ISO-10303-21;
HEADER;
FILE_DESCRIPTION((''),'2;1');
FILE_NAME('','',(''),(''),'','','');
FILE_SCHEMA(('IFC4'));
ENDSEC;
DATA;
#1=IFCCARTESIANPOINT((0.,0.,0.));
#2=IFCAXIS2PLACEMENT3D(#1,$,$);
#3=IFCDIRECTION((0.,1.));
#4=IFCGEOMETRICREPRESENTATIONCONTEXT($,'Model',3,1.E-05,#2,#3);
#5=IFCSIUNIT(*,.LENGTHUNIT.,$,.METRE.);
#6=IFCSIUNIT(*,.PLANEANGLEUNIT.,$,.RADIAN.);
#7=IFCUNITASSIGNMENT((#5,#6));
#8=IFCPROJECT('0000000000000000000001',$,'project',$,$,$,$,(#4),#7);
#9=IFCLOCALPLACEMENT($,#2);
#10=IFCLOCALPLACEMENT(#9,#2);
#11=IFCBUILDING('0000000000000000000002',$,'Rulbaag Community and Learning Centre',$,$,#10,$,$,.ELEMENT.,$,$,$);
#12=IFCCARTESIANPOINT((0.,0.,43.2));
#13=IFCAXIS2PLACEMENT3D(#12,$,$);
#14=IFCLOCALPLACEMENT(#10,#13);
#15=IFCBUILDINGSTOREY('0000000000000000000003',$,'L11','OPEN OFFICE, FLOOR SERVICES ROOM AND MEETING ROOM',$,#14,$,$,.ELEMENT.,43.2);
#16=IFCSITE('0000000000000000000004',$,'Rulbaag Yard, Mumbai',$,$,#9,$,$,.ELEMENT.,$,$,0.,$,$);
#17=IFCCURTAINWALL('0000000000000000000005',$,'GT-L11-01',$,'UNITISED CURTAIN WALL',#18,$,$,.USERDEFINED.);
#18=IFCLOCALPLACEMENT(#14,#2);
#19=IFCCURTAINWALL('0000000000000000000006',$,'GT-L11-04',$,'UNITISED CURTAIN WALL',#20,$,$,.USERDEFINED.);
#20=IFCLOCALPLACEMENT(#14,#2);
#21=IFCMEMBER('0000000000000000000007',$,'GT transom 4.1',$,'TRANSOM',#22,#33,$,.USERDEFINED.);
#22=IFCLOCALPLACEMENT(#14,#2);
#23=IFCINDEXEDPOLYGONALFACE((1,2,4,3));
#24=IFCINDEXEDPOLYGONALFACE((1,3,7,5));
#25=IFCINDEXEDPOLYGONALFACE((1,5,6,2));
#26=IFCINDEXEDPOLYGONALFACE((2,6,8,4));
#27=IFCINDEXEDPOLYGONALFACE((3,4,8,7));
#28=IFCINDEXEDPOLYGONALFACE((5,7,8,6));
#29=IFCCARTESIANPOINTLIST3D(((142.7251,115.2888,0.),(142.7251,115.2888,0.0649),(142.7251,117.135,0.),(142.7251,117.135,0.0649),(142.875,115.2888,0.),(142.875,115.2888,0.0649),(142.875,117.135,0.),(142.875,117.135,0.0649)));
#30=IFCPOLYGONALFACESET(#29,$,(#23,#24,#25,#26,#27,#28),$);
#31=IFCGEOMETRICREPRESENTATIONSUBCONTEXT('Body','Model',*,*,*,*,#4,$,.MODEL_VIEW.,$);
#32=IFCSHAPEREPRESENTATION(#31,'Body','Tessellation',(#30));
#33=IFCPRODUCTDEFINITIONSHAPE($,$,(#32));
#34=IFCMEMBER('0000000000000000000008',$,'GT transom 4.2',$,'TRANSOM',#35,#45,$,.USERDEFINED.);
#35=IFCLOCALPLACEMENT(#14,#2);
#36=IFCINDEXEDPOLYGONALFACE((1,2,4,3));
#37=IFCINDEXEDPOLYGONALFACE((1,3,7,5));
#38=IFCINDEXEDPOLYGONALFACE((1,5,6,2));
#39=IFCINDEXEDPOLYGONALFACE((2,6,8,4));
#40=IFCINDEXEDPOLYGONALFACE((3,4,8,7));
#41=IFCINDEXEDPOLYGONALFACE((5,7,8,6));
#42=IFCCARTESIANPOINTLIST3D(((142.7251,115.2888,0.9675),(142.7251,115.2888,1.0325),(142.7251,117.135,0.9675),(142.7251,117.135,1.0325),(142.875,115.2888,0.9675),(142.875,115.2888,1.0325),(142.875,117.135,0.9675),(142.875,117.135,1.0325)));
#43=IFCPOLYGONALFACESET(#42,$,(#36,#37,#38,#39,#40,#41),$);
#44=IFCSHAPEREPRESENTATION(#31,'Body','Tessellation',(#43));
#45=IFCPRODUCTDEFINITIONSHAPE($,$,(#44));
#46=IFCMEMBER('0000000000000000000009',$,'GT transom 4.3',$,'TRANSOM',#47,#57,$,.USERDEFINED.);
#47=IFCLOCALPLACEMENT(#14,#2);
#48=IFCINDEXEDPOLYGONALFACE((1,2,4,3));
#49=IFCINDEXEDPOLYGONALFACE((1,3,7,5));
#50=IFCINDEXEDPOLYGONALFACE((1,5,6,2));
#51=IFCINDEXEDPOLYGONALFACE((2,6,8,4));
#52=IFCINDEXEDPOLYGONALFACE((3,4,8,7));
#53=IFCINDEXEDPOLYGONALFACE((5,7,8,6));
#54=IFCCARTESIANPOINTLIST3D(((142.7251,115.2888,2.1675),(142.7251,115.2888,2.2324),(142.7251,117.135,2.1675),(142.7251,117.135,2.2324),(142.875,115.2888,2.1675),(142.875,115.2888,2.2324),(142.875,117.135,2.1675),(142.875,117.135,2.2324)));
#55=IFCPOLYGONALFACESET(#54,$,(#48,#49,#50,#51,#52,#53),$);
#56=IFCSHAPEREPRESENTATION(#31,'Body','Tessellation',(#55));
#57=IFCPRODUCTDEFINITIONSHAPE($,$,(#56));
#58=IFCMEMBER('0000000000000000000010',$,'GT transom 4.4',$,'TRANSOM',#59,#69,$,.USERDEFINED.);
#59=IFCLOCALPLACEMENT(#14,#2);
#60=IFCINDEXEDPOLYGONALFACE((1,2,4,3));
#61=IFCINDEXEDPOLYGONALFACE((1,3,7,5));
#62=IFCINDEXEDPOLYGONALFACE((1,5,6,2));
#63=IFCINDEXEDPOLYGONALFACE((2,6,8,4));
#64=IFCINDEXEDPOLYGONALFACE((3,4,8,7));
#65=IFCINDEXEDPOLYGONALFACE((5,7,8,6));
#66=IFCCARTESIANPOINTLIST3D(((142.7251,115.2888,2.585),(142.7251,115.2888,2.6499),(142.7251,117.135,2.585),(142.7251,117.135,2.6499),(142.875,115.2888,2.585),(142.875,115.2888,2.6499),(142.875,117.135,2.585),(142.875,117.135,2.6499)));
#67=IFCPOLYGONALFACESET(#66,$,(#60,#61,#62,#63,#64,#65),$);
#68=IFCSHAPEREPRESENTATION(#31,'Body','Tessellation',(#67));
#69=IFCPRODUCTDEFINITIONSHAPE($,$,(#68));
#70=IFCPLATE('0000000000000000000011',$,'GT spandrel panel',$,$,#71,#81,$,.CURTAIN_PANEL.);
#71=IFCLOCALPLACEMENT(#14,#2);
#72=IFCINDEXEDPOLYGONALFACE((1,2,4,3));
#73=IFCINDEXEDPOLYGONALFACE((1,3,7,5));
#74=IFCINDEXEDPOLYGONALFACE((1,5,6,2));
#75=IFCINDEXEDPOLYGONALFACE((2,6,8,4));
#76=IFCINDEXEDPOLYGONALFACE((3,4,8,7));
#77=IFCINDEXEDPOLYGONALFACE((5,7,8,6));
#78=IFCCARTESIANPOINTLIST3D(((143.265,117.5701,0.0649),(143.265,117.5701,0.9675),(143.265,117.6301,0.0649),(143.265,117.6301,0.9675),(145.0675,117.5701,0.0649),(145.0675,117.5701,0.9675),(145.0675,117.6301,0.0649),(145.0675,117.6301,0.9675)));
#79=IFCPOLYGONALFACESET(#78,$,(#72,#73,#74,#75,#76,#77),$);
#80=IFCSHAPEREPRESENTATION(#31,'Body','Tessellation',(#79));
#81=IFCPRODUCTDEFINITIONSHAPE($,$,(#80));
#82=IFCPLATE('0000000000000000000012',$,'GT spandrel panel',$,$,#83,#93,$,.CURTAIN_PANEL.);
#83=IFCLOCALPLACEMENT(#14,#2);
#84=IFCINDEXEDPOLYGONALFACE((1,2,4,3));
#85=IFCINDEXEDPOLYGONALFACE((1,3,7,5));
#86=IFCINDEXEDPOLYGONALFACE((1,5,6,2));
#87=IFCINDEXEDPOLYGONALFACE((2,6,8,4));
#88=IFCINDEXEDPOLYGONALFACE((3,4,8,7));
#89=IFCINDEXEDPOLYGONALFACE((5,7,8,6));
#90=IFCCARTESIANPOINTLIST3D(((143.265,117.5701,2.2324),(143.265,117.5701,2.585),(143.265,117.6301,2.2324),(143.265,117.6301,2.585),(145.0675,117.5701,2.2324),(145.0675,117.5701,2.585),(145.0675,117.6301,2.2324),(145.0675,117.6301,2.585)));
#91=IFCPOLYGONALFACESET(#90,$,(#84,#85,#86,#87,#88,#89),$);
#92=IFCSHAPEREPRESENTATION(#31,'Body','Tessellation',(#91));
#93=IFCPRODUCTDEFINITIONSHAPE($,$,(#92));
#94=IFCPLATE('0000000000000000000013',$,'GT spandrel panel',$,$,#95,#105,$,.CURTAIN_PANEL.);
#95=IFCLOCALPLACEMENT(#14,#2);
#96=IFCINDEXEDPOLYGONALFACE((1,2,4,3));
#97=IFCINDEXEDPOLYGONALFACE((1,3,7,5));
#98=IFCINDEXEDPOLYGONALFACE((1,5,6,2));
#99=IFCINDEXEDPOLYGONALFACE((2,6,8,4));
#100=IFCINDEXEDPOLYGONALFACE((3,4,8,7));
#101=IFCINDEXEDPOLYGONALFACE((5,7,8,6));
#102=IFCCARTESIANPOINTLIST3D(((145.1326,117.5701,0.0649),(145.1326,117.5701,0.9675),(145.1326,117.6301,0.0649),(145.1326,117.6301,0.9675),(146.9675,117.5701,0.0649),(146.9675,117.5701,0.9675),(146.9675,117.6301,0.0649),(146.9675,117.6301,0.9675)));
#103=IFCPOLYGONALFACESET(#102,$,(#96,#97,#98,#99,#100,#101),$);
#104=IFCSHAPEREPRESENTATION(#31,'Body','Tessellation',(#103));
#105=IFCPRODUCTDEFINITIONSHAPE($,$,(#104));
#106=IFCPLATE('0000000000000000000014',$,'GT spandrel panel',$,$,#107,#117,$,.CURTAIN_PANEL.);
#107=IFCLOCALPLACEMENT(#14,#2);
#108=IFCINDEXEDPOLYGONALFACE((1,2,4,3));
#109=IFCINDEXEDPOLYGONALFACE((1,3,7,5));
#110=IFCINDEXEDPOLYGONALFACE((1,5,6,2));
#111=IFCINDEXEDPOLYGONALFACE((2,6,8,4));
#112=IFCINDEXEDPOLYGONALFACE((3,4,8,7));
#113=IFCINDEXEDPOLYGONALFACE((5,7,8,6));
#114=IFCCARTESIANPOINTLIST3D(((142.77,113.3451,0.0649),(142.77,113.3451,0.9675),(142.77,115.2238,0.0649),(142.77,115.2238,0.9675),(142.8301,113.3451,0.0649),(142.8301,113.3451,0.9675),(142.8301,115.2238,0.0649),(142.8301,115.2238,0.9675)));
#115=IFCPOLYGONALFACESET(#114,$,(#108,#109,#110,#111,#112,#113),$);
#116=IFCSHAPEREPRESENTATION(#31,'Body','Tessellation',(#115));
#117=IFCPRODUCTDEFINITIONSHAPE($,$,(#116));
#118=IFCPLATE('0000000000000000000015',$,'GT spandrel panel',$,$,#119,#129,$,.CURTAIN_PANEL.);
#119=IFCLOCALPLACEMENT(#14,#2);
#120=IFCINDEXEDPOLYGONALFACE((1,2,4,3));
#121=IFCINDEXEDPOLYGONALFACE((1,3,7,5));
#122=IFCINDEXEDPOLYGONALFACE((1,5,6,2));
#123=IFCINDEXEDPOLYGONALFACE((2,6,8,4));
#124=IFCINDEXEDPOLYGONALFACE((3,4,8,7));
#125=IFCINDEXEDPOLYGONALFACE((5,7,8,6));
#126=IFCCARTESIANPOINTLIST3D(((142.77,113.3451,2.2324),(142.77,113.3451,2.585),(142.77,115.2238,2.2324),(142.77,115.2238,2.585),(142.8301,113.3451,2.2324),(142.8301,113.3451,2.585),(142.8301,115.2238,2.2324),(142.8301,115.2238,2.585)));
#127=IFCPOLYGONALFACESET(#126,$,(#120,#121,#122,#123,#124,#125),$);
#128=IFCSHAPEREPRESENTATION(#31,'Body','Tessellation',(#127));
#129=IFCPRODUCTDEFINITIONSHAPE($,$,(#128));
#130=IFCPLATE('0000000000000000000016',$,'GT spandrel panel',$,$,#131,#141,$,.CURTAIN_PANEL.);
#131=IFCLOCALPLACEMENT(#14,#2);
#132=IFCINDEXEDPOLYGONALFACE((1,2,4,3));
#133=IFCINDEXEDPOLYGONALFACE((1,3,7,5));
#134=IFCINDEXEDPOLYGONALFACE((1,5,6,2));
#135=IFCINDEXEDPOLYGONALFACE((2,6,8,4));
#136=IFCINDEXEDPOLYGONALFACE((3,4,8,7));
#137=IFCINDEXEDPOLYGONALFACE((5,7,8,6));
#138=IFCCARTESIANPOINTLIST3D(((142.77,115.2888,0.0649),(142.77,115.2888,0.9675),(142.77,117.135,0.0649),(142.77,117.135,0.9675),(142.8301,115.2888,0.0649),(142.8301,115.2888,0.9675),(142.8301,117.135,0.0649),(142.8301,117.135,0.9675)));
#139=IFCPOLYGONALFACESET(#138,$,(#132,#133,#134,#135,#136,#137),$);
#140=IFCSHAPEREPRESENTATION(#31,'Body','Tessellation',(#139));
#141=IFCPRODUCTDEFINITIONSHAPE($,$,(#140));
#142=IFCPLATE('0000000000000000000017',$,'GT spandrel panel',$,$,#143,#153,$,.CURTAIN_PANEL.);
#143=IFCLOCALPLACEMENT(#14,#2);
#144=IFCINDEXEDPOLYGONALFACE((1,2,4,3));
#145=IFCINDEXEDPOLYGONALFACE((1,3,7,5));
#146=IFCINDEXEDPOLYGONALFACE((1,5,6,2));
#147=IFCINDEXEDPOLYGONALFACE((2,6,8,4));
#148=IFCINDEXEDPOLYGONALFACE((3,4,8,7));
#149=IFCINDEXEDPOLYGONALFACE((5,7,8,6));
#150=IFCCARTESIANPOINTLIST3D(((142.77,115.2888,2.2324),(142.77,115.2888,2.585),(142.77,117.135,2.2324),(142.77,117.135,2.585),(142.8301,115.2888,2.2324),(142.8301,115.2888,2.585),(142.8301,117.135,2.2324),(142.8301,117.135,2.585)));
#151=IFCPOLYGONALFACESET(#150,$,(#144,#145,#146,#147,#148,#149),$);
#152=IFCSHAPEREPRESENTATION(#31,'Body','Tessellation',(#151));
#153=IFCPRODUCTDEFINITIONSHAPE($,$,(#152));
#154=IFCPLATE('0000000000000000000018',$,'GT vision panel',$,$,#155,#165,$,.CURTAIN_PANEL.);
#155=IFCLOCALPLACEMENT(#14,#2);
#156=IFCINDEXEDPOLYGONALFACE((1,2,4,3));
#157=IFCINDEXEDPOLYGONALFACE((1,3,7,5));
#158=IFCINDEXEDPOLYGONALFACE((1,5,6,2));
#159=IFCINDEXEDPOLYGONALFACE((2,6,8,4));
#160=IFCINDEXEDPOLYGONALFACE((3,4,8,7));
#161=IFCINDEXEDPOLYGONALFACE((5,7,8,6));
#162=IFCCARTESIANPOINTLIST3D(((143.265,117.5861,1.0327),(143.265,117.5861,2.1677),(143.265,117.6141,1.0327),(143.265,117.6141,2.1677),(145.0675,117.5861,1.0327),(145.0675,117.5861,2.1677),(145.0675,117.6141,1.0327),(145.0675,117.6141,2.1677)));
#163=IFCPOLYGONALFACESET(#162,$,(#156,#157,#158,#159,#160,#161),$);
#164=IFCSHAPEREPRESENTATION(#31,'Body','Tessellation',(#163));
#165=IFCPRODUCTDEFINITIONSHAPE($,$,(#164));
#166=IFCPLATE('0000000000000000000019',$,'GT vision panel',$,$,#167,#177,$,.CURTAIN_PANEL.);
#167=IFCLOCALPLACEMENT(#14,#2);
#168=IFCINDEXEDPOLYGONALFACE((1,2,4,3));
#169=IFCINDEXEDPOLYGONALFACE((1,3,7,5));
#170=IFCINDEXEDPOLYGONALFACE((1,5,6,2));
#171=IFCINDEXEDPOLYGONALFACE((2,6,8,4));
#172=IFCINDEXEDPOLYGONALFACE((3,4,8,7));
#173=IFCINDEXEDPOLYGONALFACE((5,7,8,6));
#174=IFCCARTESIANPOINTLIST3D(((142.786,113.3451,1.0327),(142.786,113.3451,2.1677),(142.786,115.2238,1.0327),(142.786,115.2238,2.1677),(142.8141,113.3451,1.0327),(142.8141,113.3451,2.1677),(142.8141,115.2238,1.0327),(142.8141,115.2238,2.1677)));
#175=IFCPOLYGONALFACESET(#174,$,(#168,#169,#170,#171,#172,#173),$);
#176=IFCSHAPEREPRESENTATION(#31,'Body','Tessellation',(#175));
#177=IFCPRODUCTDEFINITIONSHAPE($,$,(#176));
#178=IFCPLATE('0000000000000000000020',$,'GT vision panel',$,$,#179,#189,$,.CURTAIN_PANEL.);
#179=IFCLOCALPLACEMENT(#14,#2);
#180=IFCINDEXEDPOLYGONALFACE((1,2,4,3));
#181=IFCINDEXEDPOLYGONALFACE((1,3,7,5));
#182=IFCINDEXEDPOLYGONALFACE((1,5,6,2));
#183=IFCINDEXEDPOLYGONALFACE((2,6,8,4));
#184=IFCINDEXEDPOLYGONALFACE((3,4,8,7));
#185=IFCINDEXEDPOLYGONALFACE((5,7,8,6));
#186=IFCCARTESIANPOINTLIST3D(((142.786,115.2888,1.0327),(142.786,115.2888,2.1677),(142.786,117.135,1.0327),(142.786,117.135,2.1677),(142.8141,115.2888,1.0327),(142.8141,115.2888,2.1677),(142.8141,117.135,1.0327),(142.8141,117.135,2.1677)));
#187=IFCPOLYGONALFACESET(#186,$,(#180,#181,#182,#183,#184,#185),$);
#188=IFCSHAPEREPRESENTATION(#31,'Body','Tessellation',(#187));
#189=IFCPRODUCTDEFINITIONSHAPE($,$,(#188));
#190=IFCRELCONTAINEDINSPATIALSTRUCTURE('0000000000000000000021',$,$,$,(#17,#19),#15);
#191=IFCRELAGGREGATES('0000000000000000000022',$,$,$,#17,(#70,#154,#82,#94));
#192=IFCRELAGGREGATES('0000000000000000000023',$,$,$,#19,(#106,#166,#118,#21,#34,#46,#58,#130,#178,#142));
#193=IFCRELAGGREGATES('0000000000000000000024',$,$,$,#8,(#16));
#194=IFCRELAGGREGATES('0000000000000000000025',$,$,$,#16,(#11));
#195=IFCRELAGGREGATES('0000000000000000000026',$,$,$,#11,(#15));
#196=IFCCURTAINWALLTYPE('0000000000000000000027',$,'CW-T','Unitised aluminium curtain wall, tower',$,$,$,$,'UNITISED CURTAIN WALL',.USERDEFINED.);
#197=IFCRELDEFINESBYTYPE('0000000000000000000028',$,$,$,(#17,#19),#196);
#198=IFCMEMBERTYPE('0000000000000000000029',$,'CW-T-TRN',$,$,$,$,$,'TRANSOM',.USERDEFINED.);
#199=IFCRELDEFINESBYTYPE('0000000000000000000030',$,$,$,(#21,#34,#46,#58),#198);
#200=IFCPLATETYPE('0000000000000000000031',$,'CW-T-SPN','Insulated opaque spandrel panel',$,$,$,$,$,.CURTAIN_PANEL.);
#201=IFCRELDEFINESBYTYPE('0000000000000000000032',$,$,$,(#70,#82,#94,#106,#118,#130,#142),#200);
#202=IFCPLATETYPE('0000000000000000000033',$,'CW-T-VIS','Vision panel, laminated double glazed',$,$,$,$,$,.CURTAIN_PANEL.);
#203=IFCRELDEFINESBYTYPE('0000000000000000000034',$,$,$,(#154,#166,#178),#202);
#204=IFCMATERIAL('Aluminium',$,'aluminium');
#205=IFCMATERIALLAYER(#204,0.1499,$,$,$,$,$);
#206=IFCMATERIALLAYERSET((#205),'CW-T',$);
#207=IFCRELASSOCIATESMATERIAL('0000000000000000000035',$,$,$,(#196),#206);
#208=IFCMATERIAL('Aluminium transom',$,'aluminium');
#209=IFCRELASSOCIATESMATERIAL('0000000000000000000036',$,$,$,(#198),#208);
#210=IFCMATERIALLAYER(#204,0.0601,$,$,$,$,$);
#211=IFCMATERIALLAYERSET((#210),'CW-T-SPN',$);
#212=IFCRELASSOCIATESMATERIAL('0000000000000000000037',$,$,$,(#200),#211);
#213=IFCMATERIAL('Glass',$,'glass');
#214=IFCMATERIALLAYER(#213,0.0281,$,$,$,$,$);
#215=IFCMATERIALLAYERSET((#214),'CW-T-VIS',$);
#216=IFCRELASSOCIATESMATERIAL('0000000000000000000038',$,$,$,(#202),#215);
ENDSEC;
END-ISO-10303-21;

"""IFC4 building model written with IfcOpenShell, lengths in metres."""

from ifc_helpers import new_model, si_unit, direction, frame, origin, origin_2d, place, context, subcontext, project, spatial, rectangle, extrude, material, layer, layer_set, material_profile, profile_set, type_object, element, aggregate, save


model = new_model("IFC4")

# Units and contexts
model_context = context("Model", 3, precision=1e-05, world=origin(), true_north=direction((0.0, 1.0)))
body_context = subcontext(model_context, "Body", "Model", "MODEL_VIEW")
ifc_project = project(units=[si_unit("LENGTHUNIT", "METRE"), si_unit("PLANEANGLEUNIT", "RADIAN")], contexts=[model_context])

# Site, building, storey
site_placement = place(None, origin())
site = spatial("IfcSite", under=ifc_project, at=site_placement, Name="Rulbaag Yard, Mumbai", CompositionType="ELEMENT", RefElevation=0.0)
building_placement = place(site_placement, origin())
building = spatial("IfcBuilding", under=site, at=building_placement, Name="Rulbaag Community and Learning Centre", CompositionType="ELEMENT")
storey_placement = place(building_placement, frame((0.0, 0.0, 43.2)))
storey = spatial("IfcBuildingStorey", under=building, at=storey_placement, Name="L11", Description="OPEN OFFICE, FLOOR SERVICES ROOM AND MEETING ROOM", CompositionType="ELEMENT", Elevation=43.2)

# Curtain walls, members
ifc_material_1 = material(Name="Aluminium", Category="aluminium")
ifc_layer_1 = layer(ifc_material_1, 0.1499)
ifc_layer_set_1 = layer_set([ifc_layer_1], Name="CW-T")
curtain_wall_type = type_object("IfcCurtainWallType", Name="CW-T", Description="Unitised aluminium curtain wall, tower", ElementType="UNITISED CURTAIN WALL", PredefinedType="USERDEFINED", material=ifc_layer_set_1)
curtain_wall_1_placement = place(storey_placement, origin())
curtain_wall_1 = element("IfcCurtainWall", 1, at=curtain_wall_1_placement, inside=storey, type_object=curtain_wall_type, Name="GT-L11-01", ObjectType="UNITISED CURTAIN WALL", PredefinedType="USERDEFINED")
ifc_material_2 = material(Name="Aluminium transom", Category="aluminium")
ifc_material_profile_1 = material_profile(ifc_material_2, rectangle(XDim=0.1499, YDim=0.0649, at=origin_2d()), Name="AL 65x150 T")
ifc_profile_set_1 = profile_set([ifc_material_profile_1], Name="Aluminium transom")
member_type_1 = type_object("IfcMemberType", Name="CW-T-TRN", ElementType="TRANSOM", PredefinedType="USERDEFINED", material=ifc_profile_set_1)
curtain_wall_2_placement = place(storey_placement, origin())
curtain_wall_2 = element("IfcCurtainWall", 2, at=curtain_wall_2_placement, inside=storey, type_object=curtain_wall_type, Name="GT-L11-04", ObjectType="UNITISED CURTAIN WALL", PredefinedType="USERDEFINED")
member_1_placement = place(storey_placement, frame((142.8, 115.2888, 0.0325), z_axis=(0.0, 1.0, 0.0), x_axis=(-1.0, 0.0, 0.0)))
member_1 = element("IfcMember", 3, at=member_1_placement, type_object=member_type_1, Name="GT transom 4.1", ObjectType="TRANSOM", PredefinedType="USERDEFINED", context=body_context, shape_type="SweptSolid", body=[
    extrude(rectangle(XDim=0.1499, YDim=0.0649, at=origin_2d()), origin(), (0.0, 0.0, 1.0), 1.8462),
])
member_2_placement = place(storey_placement, frame((142.8, 115.2888, 1.0), z_axis=(0.0, 1.0, 0.0), x_axis=(-1.0, 0.0, 0.0)))
member_2 = element("IfcMember", 4, at=member_2_placement, type_object=member_type_1, Name="GT transom 4.2", ObjectType="TRANSOM", PredefinedType="USERDEFINED", context=body_context, shape_type="SweptSolid", body=[
    extrude(rectangle(XDim=0.1499, YDim=0.0649, at=origin_2d()), origin(), (0.0, 0.0, 1.0), 1.8462),
])
member_3_placement = place(storey_placement, frame((142.8, 115.2888, 2.2), z_axis=(0.0, 1.0, 0.0), x_axis=(-1.0, 0.0, 0.0)))
member_3 = element("IfcMember", 5, at=member_3_placement, type_object=member_type_1, Name="GT transom 4.3", ObjectType="TRANSOM", PredefinedType="USERDEFINED", context=body_context, shape_type="SweptSolid", body=[
    extrude(rectangle(XDim=0.1499, YDim=0.0649, at=origin_2d()), origin(), (0.0, 0.0, 1.0), 1.8462),
])
member_4_placement = place(storey_placement, frame((142.8, 115.2888, 2.6174), z_axis=(0.0, 1.0, 0.0), x_axis=(-1.0, 0.0, 0.0)))
member_4 = element("IfcMember", 6, at=member_4_placement, type_object=member_type_1, Name="GT transom 4.4", ObjectType="TRANSOM", PredefinedType="USERDEFINED", context=body_context, shape_type="SweptSolid", body=[
    extrude(rectangle(XDim=0.1499, YDim=0.0649, at=origin_2d()), origin(), (0.0, 0.0, 1.0), 1.8462),
])

# Plates
ifc_layer_2 = layer(ifc_material_1, 0.0601)
ifc_layer_set_2 = layer_set([ifc_layer_2], Name="CW-T-SPN")
plate_type_1 = type_object("IfcPlateType", Name="CW-T-SPN", Description="Insulated opaque spandrel panel", PredefinedType="CURTAIN_PANEL", material=ifc_layer_set_2)
plate_1_placement = place(storey_placement, frame((144.1663, 117.6001, 0.0649), z_axis=(0.0, 0.0, 1.0), x_axis=(1.0, 0.0, 0.0)))
plate_1 = element("IfcPlate", 7, at=plate_1_placement, type_object=plate_type_1, Name="GT spandrel panel", PredefinedType="CURTAIN_PANEL", context=body_context, shape_type="SweptSolid", body=[
    extrude(rectangle(XDim=1.8025, YDim=0.0601, at=origin_2d()), origin(), (0.0, 0.0, 1.0), 0.9026),
])
plate_2_placement = place(storey_placement, frame((144.1663, 117.6001, 2.2324), z_axis=(0.0, 0.0, 1.0), x_axis=(1.0, 0.0, 0.0)))
plate_2 = element("IfcPlate", 8, at=plate_2_placement, type_object=plate_type_1, Name="GT spandrel panel", PredefinedType="CURTAIN_PANEL", context=body_context, shape_type="SweptSolid", body=[
    extrude(rectangle(XDim=1.8025, YDim=0.0601, at=origin_2d()), origin(), (0.0, 0.0, 1.0), 0.3525),
])
plate_3_placement = place(storey_placement, frame((146.05, 117.6001, 0.0649), z_axis=(0.0, 0.0, 1.0), x_axis=(1.0, 0.0, 0.0)))
plate_3 = element("IfcPlate", 9, at=plate_3_placement, type_object=plate_type_1, Name="GT spandrel panel", PredefinedType="CURTAIN_PANEL", context=body_context, shape_type="SweptSolid", body=[
    extrude(rectangle(XDim=1.835, YDim=0.0601, at=origin_2d()), origin(), (0.0, 0.0, 1.0), 0.9026),
])
plate_4_placement = place(storey_placement, frame((142.8, 114.2844, 0.0649), z_axis=(0.0, 0.0, 1.0), x_axis=(0.0, 1.0, 0.0)))
plate_4 = element("IfcPlate", 10, at=plate_4_placement, type_object=plate_type_1, Name="GT spandrel panel", PredefinedType="CURTAIN_PANEL", context=body_context, shape_type="SweptSolid", body=[
    extrude(rectangle(XDim=1.8787, YDim=0.0601, at=origin_2d()), origin(), (0.0, 0.0, 1.0), 0.9026),
])
plate_5_placement = place(storey_placement, frame((142.8, 114.2844, 2.2324), z_axis=(0.0, 0.0, 1.0), x_axis=(0.0, 1.0, 0.0)))
plate_5 = element("IfcPlate", 11, at=plate_5_placement, type_object=plate_type_1, Name="GT spandrel panel", PredefinedType="CURTAIN_PANEL", context=body_context, shape_type="SweptSolid", body=[
    extrude(rectangle(XDim=1.8787, YDim=0.0601, at=origin_2d()), origin(), (0.0, 0.0, 1.0), 0.3525),
])
plate_6_placement = place(storey_placement, frame((142.8, 116.2119, 0.0649), z_axis=(0.0, 0.0, 1.0), x_axis=(0.0, 1.0, 0.0)))
plate_6 = element("IfcPlate", 12, at=plate_6_placement, type_object=plate_type_1, Name="GT spandrel panel", PredefinedType="CURTAIN_PANEL", context=body_context, shape_type="SweptSolid", body=[
    extrude(rectangle(XDim=1.8462, YDim=0.0601, at=origin_2d()), origin(), (0.0, 0.0, 1.0), 0.9026),
])
plate_7_placement = place(storey_placement, frame((142.8, 116.2119, 2.2324), z_axis=(0.0, 0.0, 1.0), x_axis=(0.0, 1.0, 0.0)))
plate_7 = element("IfcPlate", 13, at=plate_7_placement, type_object=plate_type_1, Name="GT spandrel panel", PredefinedType="CURTAIN_PANEL", context=body_context, shape_type="SweptSolid", body=[
    extrude(rectangle(XDim=1.8462, YDim=0.0601, at=origin_2d()), origin(), (0.0, 0.0, 1.0), 0.3525),
])
ifc_material_3 = material(Name="Glass", Category="glass")
ifc_layer_3 = layer(ifc_material_3, 0.0281)
ifc_layer_set_3 = layer_set([ifc_layer_3], Name="CW-T-VIS")
plate_type_2 = type_object("IfcPlateType", Name="CW-T-VIS", Description="Vision panel, laminated double glazed", PredefinedType="CURTAIN_PANEL", material=ifc_layer_set_3)
plate_8_placement = place(storey_placement, frame((144.1663, 117.6001, 1.0327), z_axis=(0.0, 0.0, 1.0), x_axis=(1.0, 0.0, 0.0)))
plate_8 = element("IfcPlate", 14, at=plate_8_placement, type_object=plate_type_2, Name="GT vision panel", PredefinedType="CURTAIN_PANEL", context=body_context, shape_type="SweptSolid", body=[
    extrude(rectangle(XDim=1.8025, YDim=0.0281, at=origin_2d()), origin(), (0.0, 0.0, 1.0), 1.135),
])
aggregate(curtain_wall_1, [plate_1, plate_8, plate_2, plate_3])
plate_9_placement = place(storey_placement, frame((142.8, 114.2844, 1.0327), z_axis=(0.0, 0.0, 1.0), x_axis=(0.0, 1.0, 0.0)))
plate_9 = element("IfcPlate", 15, at=plate_9_placement, type_object=plate_type_2, Name="GT vision panel", PredefinedType="CURTAIN_PANEL", context=body_context, shape_type="SweptSolid", body=[
    extrude(rectangle(XDim=1.8787, YDim=0.0281, at=origin_2d()), origin(), (0.0, 0.0, 1.0), 1.135),
])
plate_10_placement = place(storey_placement, frame((142.8, 116.2119, 1.0327), z_axis=(0.0, 0.0, 1.0), x_axis=(0.0, 1.0, 0.0)))
plate_10 = element("IfcPlate", 16, at=plate_10_placement, type_object=plate_type_2, Name="GT vision panel", PredefinedType="CURTAIN_PANEL", context=body_context, shape_type="SweptSolid", body=[
    extrude(rectangle(XDim=1.8462, YDim=0.0281, at=origin_2d()), origin(), (0.0, 0.0, 1.0), 1.135),
])
aggregate(curtain_wall_2, [plate_4, plate_9, plate_5, member_1, member_2, member_3, member_4, plate_6, plate_10, plate_7])

save(model, "model.ifc")
